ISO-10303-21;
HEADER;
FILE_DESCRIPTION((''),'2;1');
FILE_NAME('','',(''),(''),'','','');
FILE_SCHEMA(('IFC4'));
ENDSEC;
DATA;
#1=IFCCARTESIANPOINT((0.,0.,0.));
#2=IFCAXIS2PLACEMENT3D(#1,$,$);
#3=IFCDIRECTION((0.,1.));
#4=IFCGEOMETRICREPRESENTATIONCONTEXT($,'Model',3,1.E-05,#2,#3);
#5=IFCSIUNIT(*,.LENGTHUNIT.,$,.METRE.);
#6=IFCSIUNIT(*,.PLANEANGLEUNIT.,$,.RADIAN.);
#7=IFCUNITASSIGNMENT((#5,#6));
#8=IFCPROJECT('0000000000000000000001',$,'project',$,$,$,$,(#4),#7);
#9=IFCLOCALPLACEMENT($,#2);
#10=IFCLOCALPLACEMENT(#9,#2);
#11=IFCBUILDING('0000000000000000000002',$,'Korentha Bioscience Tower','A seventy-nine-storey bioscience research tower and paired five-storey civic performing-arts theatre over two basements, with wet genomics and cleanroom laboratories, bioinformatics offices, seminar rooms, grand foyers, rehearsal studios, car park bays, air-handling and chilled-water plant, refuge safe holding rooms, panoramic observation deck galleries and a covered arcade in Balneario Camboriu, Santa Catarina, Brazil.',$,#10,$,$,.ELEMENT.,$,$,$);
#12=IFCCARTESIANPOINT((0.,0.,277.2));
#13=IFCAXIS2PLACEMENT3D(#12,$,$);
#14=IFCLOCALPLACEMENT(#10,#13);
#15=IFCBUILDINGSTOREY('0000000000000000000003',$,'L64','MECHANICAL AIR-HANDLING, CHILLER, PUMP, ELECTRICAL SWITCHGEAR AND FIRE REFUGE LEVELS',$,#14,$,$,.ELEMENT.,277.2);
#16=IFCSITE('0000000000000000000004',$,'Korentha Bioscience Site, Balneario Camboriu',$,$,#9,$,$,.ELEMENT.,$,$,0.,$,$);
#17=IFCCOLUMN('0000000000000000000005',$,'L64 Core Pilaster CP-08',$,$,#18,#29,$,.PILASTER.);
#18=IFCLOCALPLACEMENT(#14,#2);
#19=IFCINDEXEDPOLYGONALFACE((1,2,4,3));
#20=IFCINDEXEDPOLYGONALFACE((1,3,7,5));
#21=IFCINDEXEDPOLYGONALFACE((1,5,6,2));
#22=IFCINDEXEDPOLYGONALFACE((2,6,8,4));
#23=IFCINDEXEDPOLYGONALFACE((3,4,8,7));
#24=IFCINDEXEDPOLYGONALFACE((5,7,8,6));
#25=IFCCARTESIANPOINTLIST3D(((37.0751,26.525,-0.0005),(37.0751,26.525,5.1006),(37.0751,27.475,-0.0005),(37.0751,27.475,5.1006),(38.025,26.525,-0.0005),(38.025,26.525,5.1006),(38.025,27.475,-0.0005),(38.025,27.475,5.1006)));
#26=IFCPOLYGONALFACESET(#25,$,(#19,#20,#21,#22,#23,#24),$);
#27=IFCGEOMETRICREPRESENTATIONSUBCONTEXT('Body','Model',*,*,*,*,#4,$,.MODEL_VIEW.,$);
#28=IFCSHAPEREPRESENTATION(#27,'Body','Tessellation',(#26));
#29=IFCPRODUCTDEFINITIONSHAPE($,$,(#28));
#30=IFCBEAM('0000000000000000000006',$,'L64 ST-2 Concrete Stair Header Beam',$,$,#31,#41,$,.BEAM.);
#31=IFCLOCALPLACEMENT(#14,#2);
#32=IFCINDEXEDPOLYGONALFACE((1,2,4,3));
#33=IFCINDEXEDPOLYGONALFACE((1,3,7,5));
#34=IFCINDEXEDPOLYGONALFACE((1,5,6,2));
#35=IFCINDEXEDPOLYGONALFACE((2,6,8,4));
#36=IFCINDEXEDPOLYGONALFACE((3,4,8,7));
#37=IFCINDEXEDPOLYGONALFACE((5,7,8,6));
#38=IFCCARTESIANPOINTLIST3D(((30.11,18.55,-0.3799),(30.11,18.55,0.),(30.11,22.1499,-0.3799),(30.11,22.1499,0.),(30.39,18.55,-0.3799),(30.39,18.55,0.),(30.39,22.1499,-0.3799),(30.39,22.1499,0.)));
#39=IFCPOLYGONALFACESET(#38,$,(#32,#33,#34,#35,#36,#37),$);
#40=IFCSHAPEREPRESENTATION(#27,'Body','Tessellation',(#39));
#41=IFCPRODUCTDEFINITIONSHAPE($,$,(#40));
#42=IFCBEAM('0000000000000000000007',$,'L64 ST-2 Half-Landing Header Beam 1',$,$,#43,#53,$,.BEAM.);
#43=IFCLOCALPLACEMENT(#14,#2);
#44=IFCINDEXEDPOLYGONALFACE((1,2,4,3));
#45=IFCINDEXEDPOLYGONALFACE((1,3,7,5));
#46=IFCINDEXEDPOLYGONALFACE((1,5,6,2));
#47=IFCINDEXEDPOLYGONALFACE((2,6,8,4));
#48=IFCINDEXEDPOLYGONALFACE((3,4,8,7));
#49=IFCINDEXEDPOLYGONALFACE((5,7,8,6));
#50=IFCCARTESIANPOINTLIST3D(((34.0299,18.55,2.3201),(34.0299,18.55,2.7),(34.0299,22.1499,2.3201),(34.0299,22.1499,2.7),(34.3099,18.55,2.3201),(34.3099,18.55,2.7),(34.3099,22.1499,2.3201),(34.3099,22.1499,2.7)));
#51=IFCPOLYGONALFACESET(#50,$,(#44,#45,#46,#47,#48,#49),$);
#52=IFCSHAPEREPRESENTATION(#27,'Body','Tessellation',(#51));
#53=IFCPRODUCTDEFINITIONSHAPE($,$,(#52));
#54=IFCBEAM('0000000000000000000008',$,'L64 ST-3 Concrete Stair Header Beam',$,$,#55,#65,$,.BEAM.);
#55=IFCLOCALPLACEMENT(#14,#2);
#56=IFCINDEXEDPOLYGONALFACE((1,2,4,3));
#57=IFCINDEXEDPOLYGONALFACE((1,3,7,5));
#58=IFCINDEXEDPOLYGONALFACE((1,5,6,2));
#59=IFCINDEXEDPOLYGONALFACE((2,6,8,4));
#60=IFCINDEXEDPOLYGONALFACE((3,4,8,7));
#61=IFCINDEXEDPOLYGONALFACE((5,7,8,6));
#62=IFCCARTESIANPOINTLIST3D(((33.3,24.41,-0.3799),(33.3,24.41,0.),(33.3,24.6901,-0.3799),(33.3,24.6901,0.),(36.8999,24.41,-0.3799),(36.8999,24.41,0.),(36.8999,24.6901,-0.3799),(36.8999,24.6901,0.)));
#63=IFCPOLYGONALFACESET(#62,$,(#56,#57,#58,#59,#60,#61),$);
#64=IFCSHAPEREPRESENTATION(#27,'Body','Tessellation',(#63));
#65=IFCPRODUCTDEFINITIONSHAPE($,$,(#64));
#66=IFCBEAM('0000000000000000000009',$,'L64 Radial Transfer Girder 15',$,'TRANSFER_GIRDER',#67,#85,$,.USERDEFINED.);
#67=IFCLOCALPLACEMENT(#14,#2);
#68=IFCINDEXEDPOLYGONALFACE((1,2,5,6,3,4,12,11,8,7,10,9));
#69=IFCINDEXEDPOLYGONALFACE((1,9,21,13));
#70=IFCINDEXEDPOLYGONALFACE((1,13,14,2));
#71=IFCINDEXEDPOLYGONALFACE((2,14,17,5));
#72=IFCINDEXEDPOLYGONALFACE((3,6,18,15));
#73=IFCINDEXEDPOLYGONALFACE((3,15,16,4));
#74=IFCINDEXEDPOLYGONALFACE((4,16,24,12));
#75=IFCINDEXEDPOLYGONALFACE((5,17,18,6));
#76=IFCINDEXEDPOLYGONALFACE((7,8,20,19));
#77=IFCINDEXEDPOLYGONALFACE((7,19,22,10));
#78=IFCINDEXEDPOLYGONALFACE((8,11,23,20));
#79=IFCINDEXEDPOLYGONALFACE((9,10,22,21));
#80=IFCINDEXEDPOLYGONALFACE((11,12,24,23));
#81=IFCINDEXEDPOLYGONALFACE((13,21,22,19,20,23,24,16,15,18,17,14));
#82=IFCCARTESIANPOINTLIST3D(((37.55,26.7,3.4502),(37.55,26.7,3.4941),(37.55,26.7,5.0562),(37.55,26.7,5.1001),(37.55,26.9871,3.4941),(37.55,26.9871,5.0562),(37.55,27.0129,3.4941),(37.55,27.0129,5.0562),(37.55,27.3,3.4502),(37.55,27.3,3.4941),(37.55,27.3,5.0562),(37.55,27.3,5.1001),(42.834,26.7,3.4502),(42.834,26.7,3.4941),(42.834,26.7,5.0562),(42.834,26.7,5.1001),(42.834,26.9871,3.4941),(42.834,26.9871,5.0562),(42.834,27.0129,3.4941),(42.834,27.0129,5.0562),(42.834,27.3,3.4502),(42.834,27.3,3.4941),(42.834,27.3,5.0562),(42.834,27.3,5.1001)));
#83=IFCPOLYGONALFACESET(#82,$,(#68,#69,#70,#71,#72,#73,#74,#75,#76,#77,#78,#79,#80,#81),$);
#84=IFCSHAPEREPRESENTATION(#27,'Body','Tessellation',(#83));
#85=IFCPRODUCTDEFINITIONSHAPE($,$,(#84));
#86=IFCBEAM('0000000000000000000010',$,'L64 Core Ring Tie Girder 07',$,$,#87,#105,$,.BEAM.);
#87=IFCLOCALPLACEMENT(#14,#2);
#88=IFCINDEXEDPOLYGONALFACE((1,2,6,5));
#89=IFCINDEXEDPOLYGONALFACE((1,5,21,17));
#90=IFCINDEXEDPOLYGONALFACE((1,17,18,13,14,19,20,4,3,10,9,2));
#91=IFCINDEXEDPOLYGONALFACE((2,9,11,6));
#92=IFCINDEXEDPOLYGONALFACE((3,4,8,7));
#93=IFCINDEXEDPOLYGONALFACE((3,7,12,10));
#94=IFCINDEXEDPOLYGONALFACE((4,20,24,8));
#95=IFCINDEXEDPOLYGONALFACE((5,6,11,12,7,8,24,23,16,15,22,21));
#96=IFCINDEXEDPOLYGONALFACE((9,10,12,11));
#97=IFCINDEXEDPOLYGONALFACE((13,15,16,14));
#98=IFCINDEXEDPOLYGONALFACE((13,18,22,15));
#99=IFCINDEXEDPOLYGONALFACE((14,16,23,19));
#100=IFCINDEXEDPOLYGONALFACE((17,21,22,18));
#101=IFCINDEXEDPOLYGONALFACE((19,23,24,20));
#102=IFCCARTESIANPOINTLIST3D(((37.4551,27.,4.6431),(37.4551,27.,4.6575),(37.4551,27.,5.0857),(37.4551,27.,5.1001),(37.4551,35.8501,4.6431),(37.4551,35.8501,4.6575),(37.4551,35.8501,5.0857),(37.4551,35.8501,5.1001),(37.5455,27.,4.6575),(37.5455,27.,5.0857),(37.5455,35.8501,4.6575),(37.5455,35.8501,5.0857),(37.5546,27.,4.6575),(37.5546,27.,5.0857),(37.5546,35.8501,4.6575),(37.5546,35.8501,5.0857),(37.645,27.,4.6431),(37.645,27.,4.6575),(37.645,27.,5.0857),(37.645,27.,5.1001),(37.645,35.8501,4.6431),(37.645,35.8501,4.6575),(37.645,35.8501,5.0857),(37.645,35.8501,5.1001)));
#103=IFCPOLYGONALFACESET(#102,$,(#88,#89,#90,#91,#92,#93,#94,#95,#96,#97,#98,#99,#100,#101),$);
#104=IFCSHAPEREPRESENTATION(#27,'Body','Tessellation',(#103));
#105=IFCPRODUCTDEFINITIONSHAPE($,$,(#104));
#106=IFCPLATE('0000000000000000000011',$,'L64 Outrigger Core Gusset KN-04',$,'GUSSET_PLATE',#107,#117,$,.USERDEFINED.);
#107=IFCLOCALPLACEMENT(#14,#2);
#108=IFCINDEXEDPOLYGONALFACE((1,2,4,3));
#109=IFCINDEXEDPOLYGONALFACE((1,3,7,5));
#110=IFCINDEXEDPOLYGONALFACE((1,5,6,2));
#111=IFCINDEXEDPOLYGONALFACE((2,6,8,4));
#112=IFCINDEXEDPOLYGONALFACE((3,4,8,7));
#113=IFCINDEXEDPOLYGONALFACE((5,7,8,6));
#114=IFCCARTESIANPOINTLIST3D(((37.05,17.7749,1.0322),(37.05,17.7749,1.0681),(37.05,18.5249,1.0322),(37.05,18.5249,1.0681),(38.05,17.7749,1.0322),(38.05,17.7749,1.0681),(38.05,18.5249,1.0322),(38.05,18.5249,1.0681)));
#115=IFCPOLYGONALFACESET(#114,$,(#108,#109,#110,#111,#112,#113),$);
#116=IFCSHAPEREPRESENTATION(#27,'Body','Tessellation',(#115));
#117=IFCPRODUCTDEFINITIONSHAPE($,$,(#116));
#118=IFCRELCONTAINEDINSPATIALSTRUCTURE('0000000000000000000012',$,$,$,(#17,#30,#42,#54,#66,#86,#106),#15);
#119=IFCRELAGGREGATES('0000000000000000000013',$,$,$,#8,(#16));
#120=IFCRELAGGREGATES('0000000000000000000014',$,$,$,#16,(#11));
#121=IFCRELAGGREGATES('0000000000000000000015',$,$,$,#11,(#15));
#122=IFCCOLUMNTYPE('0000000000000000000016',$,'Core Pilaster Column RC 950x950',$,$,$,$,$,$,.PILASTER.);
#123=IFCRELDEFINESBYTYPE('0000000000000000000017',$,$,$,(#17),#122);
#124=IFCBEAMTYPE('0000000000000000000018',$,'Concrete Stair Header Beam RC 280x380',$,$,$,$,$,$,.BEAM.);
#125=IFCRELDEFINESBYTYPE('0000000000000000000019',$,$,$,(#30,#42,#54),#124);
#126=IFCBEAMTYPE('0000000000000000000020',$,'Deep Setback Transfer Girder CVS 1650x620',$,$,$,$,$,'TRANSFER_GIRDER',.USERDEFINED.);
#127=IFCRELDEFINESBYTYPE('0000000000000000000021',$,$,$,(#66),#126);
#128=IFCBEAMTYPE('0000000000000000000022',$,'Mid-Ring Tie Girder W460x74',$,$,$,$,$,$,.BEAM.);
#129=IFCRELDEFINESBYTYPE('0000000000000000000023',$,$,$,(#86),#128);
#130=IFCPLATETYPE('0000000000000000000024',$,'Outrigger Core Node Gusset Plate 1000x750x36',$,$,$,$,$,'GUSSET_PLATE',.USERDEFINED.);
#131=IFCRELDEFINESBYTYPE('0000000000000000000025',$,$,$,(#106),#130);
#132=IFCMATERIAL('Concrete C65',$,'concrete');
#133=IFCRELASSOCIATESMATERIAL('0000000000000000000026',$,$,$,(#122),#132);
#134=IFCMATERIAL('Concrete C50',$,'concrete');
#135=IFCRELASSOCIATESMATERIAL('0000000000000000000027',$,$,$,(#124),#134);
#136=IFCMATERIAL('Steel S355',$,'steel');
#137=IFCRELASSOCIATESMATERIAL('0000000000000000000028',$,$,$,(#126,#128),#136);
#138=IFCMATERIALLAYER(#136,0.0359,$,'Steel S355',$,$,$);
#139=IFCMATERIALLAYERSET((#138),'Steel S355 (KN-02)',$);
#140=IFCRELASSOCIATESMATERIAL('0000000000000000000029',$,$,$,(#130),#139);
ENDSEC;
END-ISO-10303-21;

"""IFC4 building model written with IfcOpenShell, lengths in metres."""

from ifc_helpers import new_model, si_unit, direction, frame, origin, origin_2d, place, context, subcontext, project, spatial, rectangle, i_section, extrude, material, layer, layer_set, material_profile, profile_set, type_object, element, save


model = new_model("IFC4")

# Units and contexts
model_context = context("Model", 3, precision=1e-05, world=origin(), true_north=direction((0.0, 1.0)))
body_context = subcontext(model_context, "Body", "Model", "MODEL_VIEW")
ifc_project = project(units=[si_unit("LENGTHUNIT", "METRE"), si_unit("PLANEANGLEUNIT", "RADIAN")], contexts=[model_context])

# Site, building, storey
site_placement = place(None, origin())
site = spatial("IfcSite", under=ifc_project, at=site_placement, Name="Korentha Bioscience Site, Balneario Camboriu", CompositionType="ELEMENT", RefElevation=0.0)
building_placement = place(site_placement, origin())
building = spatial("IfcBuilding", under=site, at=building_placement, Name="Korentha Bioscience Tower", Description="A seventy-nine-storey bioscience research tower and paired five-storey civic performing-arts theatre over two basements, with wet genomics and cleanroom laboratories, bioinformatics offices, seminar rooms, grand foyers, rehearsal studios, car park bays, air-handling and chilled-water plant, refuge safe holding rooms, panoramic observation deck galleries and a covered arcade in Balneario Camboriu, Santa Catarina, Brazil.", CompositionType="ELEMENT")
storey_placement = place(building_placement, frame((0.0, 0.0, 277.2)))
storey = spatial("IfcBuildingStorey", under=building, at=storey_placement, Name="L64", Description="MECHANICAL AIR-HANDLING, CHILLER, PUMP, ELECTRICAL SWITCHGEAR AND FIRE REFUGE LEVELS", CompositionType="ELEMENT", Elevation=277.2)

# Column
ifc_material_1 = material(Name="Concrete C65", Category="concrete")
ifc_material_profile_1 = material_profile(ifc_material_1, rectangle(XDim=0.95, YDim=0.95, at=origin_2d()), Name="Concrete C65")
ifc_profile_set_1 = profile_set([ifc_material_profile_1], Name="Concrete C65 (COL-CP09)")
column_type = type_object("IfcColumnType", Name="Core Pilaster Column RC 950x950", PredefinedType="PILASTER", material=ifc_profile_set_1)
column_placement = place(storey_placement, frame((37.55, 27.0, -0.0005), z_axis=(0.0, 0.0, 1.0), x_axis=(1.0, 0.0, 0.0)))
element("IfcColumn", 1, at=column_placement, inside=storey, type_object=column_type, Name="L64 Core Pilaster CP-08", PredefinedType="PILASTER", context=body_context, shape_type="SweptSolid", body=[
    extrude(rectangle(XDim=0.95, YDim=0.95, at=origin_2d()), origin(), (0.0, 0.0, 1.0), 5.1011),
])

# Beams
ifc_material_2 = material(Name="Concrete C50", Category="concrete")
ifc_material_profile_2 = material_profile(ifc_material_2, rectangle(XDim=0.28, YDim=0.3799, at=origin_2d()), Name="Concrete C50")
ifc_profile_set_2 = profile_set([ifc_material_profile_2], Name="Concrete C50 (ST-HB380)")
beam_type_1 = type_object("IfcBeamType", Name="Concrete Stair Header Beam RC 280x380", PredefinedType="BEAM", material=ifc_profile_set_2)
for number, where, z_axis, x_axis, name in (
    (2, (30.25, 18.55, -0.1899), (0.0, 1.0, 0.0), (-1.0, 0.0, 0.0), "L64 ST-2 Concrete Stair Header Beam"),
    (3, (34.1699, 18.55, 2.51), (0.0, 1.0, 0.0), (-1.0, 0.0, 0.0), "L64 ST-2 Half-Landing Header Beam 1"),
    (4, (36.8999, 24.55, -0.1899), (-1.0, 0.0, 0.0), (0.0, -1.0, 0.0), "L64 ST-3 Concrete Stair Header Beam"),
):
    element("IfcBeam", number, at=place(storey_placement, frame(where, z_axis=z_axis, x_axis=x_axis)), inside=storey, type_object=beam_type_1, Name=name, PredefinedType="BEAM", context=body_context, shape_type="SweptSolid", body=[
        extrude(rectangle(XDim=0.28, YDim=0.3799, at=origin_2d()), origin(), (0.0, 0.0, 1.0), 3.5999),
    ])
ifc_material_3 = material(Name="Steel S355", Category="steel")
ifc_material_profile_3 = material_profile(ifc_material_3, i_section(OverallWidth=0.6001, OverallDepth=1.6499, WebThickness=0.0259, FlangeThickness=0.0439, at=origin_2d()), Name="Steel S355")
ifc_profile_set_3 = profile_set([ifc_material_profile_3], Name="Steel S355 (TG-04)")
beam_type_2 = type_object("IfcBeamType", Name="Deep Setback Transfer Girder CVS 1650x620", ElementType="TRANSFER_GIRDER", PredefinedType="USERDEFINED", material=ifc_profile_set_3)
beam_1_placement = place(storey_placement, frame((37.55, 27.0, 4.2751), z_axis=(1.0, 0.0, 0.0), x_axis=(0.0, 1.0, 0.0)))
element("IfcBeam", 5, at=beam_1_placement, inside=storey, type_object=beam_type_2, Name="L64 Radial Transfer Girder 15", ObjectType="TRANSFER_GIRDER", PredefinedType="USERDEFINED", context=body_context, shape_type="SweptSolid", body=[
    extrude(i_section(OverallWidth=0.6001, OverallDepth=1.6499, WebThickness=0.0259, FlangeThickness=0.0439, at=origin_2d()), origin(), (0.0, 0.0, 1.0), 5.2839),
])
ifc_material_profile_4 = material_profile(ifc_material_3, i_section(OverallWidth=0.1899, OverallDepth=0.457, WebThickness=0.009, FlangeThickness=0.0144, at=origin_2d()), Name="Steel S355")
ifc_profile_set_4 = profile_set([ifc_material_profile_4], Name="Steel S355 (MB-460)")
beam_type_3 = type_object("IfcBeamType", Name="Mid-Ring Tie Girder W460x74", PredefinedType="BEAM", material=ifc_profile_set_4)
beam_2_placement = place(storey_placement, frame((37.55, 27.0, 4.8716), z_axis=(0.0, 1.0, 0.0), x_axis=(-1.0, 0.0, 0.0)))
element("IfcBeam", 6, at=beam_2_placement, inside=storey, type_object=beam_type_3, Name="L64 Core Ring Tie Girder 07", PredefinedType="BEAM", context=body_context, shape_type="SweptSolid", body=[
    extrude(i_section(OverallWidth=0.1899, OverallDepth=0.457, WebThickness=0.009, FlangeThickness=0.0144, at=origin_2d()), origin(), (0.0, 0.0, 1.0), 8.8501),
])

# Plate
ifc_layer_1 = layer(ifc_material_3, 0.0359, Name="Steel S355")
ifc_layer_set_1 = layer_set([ifc_layer_1], Name="Steel S355 (KN-02)")
plate_type = type_object("IfcPlateType", Name="Outrigger Core Node Gusset Plate 1000x750x36", ElementType="GUSSET_PLATE", PredefinedType="USERDEFINED", material=ifc_layer_set_1)
plate_placement = place(storey_placement, frame((37.55, 18.1499, 1.0322), z_axis=(0.0, 0.0, 1.0), x_axis=(1.0, 0.0, 0.0)))
element("IfcPlate", 7, at=plate_placement, inside=storey, type_object=plate_type, Name="L64 Outrigger Core Gusset KN-04", ObjectType="GUSSET_PLATE", PredefinedType="USERDEFINED", context=body_context, shape_type="SweptSolid", body=[
    extrude(rectangle(XDim=1.0, YDim=0.75, at=origin_2d()), origin(), (0.0, 0.0, 1.0), 0.0359),
])

save(model, "model.ifc")
